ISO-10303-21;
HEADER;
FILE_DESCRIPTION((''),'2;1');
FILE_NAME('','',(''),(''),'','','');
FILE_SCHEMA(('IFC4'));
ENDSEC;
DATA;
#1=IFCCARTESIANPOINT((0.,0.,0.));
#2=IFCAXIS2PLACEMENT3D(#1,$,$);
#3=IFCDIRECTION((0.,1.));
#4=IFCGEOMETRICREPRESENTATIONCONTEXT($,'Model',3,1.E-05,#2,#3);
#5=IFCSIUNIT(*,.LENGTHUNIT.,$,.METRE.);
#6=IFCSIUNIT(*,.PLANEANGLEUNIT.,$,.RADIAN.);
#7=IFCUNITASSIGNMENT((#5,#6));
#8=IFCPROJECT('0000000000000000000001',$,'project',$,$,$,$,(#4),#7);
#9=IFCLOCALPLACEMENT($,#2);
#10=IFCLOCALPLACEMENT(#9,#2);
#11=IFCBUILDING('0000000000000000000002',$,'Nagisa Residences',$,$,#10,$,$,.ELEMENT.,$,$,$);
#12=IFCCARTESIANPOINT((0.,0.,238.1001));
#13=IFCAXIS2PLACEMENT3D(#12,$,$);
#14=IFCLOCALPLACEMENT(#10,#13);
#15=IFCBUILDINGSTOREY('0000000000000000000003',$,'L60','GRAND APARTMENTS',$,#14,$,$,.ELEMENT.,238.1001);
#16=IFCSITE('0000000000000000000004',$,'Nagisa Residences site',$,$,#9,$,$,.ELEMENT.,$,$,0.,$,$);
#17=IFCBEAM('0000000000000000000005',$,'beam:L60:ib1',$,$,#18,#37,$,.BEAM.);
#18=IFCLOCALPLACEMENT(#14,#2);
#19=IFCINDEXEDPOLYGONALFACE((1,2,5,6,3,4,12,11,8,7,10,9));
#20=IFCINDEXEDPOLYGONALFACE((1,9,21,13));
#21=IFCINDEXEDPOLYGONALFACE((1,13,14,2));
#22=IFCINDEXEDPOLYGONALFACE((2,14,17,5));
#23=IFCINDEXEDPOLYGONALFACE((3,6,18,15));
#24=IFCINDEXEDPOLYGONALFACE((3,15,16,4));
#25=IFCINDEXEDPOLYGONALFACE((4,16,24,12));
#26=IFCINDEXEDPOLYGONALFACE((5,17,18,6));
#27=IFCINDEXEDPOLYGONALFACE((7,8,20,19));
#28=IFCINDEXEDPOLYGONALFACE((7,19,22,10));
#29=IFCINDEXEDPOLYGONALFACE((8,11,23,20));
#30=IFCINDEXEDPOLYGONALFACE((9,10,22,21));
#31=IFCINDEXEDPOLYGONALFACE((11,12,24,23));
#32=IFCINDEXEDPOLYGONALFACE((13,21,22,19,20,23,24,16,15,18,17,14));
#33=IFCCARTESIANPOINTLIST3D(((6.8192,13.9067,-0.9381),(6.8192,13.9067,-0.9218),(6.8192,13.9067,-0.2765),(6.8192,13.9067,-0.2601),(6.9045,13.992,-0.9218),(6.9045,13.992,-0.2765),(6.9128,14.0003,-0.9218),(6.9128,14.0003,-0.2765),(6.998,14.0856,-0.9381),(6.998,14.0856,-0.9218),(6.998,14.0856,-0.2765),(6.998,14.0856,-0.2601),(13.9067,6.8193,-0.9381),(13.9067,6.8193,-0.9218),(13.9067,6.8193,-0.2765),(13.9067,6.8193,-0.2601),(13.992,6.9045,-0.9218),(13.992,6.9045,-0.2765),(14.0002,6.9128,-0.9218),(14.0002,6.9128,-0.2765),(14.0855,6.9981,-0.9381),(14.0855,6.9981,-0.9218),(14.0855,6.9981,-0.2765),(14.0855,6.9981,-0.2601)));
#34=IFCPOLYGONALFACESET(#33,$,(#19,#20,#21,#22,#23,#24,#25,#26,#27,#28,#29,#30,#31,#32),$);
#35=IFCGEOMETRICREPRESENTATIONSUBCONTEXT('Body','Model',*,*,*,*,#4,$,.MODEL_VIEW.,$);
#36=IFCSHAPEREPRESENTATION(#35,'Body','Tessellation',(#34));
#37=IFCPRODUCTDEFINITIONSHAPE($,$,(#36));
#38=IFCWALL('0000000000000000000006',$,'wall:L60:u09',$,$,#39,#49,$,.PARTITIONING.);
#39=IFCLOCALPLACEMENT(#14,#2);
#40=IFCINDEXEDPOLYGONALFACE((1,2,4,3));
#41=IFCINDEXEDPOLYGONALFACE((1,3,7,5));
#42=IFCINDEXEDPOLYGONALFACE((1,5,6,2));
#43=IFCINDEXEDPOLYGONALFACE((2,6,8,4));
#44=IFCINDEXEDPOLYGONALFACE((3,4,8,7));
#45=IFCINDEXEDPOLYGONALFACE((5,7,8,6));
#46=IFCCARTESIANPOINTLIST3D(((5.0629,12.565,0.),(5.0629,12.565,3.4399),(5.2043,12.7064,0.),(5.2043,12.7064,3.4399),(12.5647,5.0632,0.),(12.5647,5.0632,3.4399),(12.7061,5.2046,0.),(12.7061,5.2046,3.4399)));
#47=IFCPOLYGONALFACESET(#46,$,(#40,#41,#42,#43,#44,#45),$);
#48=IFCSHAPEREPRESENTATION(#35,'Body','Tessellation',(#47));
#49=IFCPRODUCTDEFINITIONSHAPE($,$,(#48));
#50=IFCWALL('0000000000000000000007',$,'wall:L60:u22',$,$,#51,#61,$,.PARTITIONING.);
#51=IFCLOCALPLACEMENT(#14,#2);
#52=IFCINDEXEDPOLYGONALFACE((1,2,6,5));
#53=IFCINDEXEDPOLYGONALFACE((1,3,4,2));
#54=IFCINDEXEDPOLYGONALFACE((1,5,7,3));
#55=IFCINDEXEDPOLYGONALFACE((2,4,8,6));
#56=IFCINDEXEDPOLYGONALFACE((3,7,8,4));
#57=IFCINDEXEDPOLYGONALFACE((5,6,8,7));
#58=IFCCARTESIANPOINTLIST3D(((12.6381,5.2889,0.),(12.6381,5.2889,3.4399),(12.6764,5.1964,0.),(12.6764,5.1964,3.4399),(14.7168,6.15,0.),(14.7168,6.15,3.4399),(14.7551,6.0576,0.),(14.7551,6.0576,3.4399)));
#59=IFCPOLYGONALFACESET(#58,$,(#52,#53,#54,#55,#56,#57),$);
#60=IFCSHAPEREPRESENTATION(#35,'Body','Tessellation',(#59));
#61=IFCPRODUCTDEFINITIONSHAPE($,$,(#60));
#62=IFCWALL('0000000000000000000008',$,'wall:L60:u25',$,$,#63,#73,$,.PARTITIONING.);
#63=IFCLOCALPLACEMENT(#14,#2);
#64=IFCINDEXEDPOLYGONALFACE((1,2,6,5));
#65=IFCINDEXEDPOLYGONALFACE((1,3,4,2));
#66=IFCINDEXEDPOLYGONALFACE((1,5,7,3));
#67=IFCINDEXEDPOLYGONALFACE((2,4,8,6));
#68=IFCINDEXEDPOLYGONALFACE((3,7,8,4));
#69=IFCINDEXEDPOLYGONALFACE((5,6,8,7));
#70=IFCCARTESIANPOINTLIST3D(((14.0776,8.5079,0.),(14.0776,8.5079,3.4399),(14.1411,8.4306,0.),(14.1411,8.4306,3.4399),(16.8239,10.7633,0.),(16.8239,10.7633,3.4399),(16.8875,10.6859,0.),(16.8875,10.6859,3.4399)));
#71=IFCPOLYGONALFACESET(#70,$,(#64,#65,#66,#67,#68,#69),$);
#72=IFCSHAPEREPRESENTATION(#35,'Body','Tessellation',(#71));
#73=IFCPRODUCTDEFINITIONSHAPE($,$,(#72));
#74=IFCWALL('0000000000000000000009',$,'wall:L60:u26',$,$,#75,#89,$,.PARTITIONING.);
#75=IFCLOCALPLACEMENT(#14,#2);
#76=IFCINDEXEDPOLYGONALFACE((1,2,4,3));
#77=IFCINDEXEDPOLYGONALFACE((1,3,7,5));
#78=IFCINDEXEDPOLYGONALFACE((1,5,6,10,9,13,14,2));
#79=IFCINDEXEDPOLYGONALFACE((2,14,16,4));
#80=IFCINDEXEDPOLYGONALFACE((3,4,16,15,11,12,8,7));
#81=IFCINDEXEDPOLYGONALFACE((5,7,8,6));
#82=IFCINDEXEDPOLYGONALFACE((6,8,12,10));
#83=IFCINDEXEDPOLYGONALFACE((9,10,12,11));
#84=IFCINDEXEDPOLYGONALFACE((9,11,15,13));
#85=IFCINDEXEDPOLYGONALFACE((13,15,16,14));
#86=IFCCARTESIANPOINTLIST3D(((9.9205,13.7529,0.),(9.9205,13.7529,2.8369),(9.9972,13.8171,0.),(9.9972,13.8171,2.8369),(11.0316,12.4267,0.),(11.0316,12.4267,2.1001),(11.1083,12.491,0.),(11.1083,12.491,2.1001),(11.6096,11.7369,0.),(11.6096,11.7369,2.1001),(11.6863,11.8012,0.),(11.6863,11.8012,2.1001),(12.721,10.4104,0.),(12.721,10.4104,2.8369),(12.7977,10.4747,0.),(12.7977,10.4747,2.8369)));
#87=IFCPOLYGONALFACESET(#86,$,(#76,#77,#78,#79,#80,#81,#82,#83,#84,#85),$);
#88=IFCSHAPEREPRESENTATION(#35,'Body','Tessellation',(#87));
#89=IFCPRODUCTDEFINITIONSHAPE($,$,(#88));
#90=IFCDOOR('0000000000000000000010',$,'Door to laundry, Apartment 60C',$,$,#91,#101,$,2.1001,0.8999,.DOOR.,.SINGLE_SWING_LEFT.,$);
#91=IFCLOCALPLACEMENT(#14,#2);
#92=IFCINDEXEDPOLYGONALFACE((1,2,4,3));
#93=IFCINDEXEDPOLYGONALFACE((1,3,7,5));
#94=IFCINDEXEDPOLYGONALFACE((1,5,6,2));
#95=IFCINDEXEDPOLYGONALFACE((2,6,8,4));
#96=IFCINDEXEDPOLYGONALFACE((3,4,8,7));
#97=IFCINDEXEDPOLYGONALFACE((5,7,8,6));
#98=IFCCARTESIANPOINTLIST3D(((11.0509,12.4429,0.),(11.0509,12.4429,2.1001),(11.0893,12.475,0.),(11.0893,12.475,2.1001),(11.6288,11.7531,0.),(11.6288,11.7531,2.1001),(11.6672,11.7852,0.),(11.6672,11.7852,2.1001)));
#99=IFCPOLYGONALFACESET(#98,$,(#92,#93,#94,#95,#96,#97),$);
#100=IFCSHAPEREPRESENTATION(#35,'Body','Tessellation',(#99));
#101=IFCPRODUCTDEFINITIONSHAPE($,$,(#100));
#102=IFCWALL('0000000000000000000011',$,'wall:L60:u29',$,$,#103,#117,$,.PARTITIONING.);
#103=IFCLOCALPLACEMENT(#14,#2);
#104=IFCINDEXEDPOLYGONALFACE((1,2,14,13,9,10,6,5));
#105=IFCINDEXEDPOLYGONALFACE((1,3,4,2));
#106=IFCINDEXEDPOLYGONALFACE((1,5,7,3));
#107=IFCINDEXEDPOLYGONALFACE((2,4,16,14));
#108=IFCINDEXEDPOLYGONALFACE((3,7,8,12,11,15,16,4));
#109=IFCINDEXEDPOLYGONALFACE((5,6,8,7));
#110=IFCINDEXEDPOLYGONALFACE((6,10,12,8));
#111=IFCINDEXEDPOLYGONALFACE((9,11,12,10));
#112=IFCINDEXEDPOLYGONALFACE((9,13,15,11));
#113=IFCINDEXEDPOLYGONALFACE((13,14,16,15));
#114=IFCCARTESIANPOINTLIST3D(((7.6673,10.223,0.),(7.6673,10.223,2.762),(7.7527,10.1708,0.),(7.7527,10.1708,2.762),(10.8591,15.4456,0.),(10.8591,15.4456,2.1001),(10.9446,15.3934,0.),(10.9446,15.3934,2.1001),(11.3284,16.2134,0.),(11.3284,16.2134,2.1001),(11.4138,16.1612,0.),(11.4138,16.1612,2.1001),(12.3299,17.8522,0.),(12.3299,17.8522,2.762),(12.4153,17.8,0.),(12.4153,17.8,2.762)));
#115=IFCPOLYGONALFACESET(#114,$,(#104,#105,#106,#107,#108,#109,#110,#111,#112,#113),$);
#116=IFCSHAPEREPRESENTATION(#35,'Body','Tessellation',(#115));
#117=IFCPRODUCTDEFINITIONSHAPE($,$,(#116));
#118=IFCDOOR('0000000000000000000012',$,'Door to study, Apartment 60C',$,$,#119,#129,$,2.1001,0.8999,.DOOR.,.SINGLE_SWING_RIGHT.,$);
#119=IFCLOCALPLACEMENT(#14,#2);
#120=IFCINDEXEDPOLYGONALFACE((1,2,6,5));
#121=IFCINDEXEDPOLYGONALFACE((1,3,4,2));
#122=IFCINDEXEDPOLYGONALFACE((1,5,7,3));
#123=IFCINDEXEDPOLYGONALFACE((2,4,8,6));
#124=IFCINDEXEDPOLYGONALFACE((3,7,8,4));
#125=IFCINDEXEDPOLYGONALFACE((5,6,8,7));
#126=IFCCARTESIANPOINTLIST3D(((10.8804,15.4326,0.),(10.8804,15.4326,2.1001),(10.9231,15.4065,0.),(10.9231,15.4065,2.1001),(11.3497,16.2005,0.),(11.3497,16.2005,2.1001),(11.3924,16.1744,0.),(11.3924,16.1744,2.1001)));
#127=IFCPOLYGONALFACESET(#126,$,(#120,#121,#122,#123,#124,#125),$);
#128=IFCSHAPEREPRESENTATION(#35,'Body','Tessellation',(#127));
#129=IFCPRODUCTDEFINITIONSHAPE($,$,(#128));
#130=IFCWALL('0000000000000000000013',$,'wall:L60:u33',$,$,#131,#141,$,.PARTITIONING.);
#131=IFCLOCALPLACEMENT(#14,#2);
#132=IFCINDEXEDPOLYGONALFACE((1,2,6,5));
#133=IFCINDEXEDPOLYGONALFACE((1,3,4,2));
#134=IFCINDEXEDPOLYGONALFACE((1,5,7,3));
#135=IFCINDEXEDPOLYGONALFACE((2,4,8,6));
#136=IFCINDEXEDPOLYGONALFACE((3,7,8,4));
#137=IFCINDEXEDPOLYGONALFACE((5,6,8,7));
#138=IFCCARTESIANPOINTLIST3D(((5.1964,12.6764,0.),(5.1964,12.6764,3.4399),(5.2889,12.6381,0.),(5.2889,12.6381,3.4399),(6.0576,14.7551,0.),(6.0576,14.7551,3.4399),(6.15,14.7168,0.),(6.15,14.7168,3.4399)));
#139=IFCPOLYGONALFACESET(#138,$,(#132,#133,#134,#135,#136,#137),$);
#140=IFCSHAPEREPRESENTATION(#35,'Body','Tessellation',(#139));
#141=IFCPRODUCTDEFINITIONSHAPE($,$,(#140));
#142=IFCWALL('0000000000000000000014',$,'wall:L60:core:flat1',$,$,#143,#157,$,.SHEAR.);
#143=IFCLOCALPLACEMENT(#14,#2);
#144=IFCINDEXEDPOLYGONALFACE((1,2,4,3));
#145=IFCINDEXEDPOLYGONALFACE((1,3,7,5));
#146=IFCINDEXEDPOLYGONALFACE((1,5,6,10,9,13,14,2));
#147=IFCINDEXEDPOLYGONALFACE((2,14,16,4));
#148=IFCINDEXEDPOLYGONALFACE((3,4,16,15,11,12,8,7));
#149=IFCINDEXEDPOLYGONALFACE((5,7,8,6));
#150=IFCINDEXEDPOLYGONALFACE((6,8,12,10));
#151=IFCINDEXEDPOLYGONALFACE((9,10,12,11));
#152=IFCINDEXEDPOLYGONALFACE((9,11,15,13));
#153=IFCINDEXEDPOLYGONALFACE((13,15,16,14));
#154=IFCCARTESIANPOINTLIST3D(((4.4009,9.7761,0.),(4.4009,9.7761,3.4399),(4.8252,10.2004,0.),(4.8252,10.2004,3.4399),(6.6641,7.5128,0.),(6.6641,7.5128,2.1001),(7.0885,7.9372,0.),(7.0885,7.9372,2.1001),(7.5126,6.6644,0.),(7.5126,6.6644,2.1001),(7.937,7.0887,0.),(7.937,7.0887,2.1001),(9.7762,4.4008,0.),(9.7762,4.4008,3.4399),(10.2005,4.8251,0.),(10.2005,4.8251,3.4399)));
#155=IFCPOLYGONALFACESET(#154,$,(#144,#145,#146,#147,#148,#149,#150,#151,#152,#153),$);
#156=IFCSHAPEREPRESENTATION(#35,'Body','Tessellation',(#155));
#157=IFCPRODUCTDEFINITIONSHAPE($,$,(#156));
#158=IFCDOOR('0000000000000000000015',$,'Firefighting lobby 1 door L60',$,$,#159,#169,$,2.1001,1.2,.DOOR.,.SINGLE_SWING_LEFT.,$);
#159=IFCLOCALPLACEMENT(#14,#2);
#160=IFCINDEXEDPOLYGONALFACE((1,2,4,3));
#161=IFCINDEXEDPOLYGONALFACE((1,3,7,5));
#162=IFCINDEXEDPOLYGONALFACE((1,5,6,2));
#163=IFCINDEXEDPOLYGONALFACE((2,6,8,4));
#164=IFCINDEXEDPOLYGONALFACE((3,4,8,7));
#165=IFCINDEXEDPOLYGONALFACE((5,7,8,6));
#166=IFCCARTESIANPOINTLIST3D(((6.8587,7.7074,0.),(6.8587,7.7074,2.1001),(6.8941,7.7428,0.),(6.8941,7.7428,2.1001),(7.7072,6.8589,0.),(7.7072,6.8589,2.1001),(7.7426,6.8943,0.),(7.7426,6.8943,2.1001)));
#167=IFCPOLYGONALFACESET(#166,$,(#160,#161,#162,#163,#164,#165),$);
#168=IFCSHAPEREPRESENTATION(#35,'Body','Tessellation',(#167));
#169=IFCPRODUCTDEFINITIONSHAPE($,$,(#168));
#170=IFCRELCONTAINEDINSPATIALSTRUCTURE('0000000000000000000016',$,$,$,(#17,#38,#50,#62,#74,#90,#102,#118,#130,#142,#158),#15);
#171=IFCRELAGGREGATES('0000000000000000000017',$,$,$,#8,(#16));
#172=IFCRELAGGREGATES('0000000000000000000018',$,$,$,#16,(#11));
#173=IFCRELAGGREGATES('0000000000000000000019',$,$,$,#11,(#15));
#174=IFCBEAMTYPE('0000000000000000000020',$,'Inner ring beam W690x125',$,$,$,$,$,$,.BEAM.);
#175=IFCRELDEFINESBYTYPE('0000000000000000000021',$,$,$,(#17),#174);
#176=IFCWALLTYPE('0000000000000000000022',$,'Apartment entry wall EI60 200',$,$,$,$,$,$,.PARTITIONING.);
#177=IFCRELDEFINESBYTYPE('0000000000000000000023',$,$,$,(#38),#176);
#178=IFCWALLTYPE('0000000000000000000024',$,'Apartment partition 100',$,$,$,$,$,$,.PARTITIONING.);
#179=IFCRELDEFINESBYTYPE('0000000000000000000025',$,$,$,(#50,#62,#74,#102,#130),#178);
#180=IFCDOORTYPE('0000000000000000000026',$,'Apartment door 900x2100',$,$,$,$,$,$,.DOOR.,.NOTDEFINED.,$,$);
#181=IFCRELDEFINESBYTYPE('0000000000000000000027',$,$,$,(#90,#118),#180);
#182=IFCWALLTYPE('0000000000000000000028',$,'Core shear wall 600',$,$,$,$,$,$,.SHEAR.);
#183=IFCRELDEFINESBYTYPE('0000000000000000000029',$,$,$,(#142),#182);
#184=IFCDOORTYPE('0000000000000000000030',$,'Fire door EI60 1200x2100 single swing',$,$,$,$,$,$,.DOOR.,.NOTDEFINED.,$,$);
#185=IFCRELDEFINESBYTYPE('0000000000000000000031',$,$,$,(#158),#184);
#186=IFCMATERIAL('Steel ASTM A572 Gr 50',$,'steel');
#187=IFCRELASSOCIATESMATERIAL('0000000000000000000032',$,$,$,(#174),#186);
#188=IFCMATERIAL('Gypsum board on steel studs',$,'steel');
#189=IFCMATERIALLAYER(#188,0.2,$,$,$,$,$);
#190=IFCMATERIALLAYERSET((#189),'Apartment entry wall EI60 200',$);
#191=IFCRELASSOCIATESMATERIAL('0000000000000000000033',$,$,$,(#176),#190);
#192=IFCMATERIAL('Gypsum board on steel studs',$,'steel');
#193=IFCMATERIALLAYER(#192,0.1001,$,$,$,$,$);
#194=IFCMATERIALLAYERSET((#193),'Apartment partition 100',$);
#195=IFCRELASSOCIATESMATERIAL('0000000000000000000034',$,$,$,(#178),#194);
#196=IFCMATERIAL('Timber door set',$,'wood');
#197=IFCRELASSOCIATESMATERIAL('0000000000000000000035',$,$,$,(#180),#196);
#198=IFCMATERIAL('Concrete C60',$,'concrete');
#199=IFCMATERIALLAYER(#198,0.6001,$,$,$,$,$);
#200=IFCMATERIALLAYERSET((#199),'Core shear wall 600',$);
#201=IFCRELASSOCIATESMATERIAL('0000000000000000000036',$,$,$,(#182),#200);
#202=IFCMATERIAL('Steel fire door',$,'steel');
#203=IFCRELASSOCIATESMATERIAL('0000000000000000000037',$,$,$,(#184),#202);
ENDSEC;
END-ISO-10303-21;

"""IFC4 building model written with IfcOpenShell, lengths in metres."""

from ifc_helpers import new_model, si_unit, direction, frame, frame_2d, origin, origin_2d, place, context, subcontext, project, spatial, rectangle, i_section, extrude, material, layer, layer_set, material_profile, profile_set, type_object, element, fill, save


model = new_model("IFC4")

# Units and contexts
model_context = context("Model", 3, precision=1e-05, world=origin(), true_north=direction((0.0, 1.0)))
body_context = subcontext(model_context, "Body", "Model", "MODEL_VIEW")
ifc_project = project(units=[si_unit("LENGTHUNIT", "METRE"), si_unit("PLANEANGLEUNIT", "RADIAN")], contexts=[model_context])

# Site, building, storey
site_placement = place(None, origin())
site = spatial("IfcSite", under=ifc_project, at=site_placement, Name="Nagisa Residences site", CompositionType="ELEMENT", RefElevation=0.0)
building_placement = place(site_placement, origin())
building = spatial("IfcBuilding", under=site, at=building_placement, Name="Nagisa Residences", CompositionType="ELEMENT")
storey_placement = place(building_placement, frame((0.0, 0.0, 238.1001)))
storey = spatial("IfcBuildingStorey", under=building, at=storey_placement, Name="L60", Description="GRAND APARTMENTS", CompositionType="ELEMENT", Elevation=238.1001)

# Beam
ifc_material_1 = material(Name="Steel ASTM A572 Gr 50", Category="steel")
ifc_material_profile = material_profile(ifc_material_1, i_section(OverallWidth=0.2529, OverallDepth=0.678, WebThickness=0.0117, FlangeThickness=0.0164, at=origin_2d()), Name="W690x125")
ifc_profile_set = profile_set([ifc_material_profile], Name="Steel ASTM A572 Gr 50")
beam_type = type_object("IfcBeamType", Name="Inner ring beam W690x125", PredefinedType="BEAM", material=ifc_profile_set)
beam_placement = place(storey_placement, frame((13.9961, 6.9087, -0.5991), z_axis=(-0.707107, 0.707107, 0.0), x_axis=(-0.707107, -0.707107, 0.0)))
element("IfcBeam", 1, at=beam_placement, inside=storey, type_object=beam_type, Name="beam:L60:ib1", PredefinedType="BEAM", context=body_context, shape_type="SweptSolid", body=[
    extrude(i_section(OverallWidth=0.2529, OverallDepth=0.678, WebThickness=0.0117, FlangeThickness=0.0164, at=origin_2d()), origin(), (0.0, 0.0, 1.0), 10.0232),
])

# Walls
ifc_material_2 = material(Name="Gypsum board on steel studs", Category="steel")
ifc_layer_1 = layer(ifc_material_2, 0.2)
ifc_layer_set_1 = layer_set([ifc_layer_1], Name="Apartment entry wall EI60 200")
wall_type_1 = type_object("IfcWallType", Name="Apartment entry wall EI60 200", PredefinedType="PARTITIONING", material=ifc_layer_set_1)
wall_1_placement = place(storey_placement, frame((12.6355, 5.1338, 0.0), z_axis=(0.0, 0.0, 1.0), x_axis=(-0.707107, 0.707107, 0.0)))
element("IfcWall", 2, at=wall_1_placement, inside=storey, type_object=wall_type_1, Name="wall:L60:u09", PredefinedType="PARTITIONING", context=body_context, shape_type="SweptSolid", body=[
    extrude(rectangle(XDim=10.6091, YDim=0.2, at=frame_2d((5.3047, 0.0))), origin(), (0.0, 0.0, 1.0), 3.4399),
])
ifc_material_3 = material(Name="Gypsum board on steel studs", Category="steel")
ifc_layer_2 = layer(ifc_material_3, 0.1001)
ifc_layer_set_2 = layer_set([ifc_layer_2], Name="Apartment partition 100")
wall_type_2 = type_object("IfcWallType", Name="Apartment partition 100", PredefinedType="PARTITIONING", material=ifc_layer_set_2)
wall_2_placement = place(storey_placement, frame((12.6572, 5.2427, 0.0), z_axis=(0.0, 0.0, 1.0), x_axis=(0.923865, 0.382719, 0.0)))
element("IfcWall", 3, at=wall_2_placement, inside=storey, type_object=wall_type_2, Name="wall:L60:u22", PredefinedType="PARTITIONING", context=body_context, shape_type="SweptSolid", body=[
    extrude(rectangle(XDim=2.25, YDim=0.1001, at=frame_2d((1.125, 0.0))), origin(), (0.0, 0.0, 1.0), 3.4399),
])
wall_3_placement = place(storey_placement, frame((14.1094, 8.4692, 0.0), z_axis=(0.0, 0.0, 1.0), x_axis=(0.772802, 0.634647, 0.0)))
element("IfcWall", 4, at=wall_3_placement, inside=storey, type_object=wall_type_2, Name="wall:L60:u25", PredefinedType="PARTITIONING", context=body_context, shape_type="SweptSolid", body=[
    extrude(rectangle(XDim=3.5537, YDim=0.1001, at=frame_2d((1.7769, 0.0))), origin(), (0.0, 0.0, 1.0), 3.4399),
])

# Walls, openings, doors
wall_4_placement = place(storey_placement, frame((12.7593, 10.4426, 0.0), z_axis=(0.0, 0.0, 1.0), x_axis=(-0.642225, 0.766516, 0.0)))
wall_4 = element("IfcWall", 5, at=wall_4_placement, inside=storey, type_object=wall_type_2, Name="wall:L60:u26", PredefinedType="PARTITIONING", context=body_context, shape_type="SweptSolid", body=[
    extrude(rectangle(XDim=4.3606, YDim=0.1001, at=frame_2d((2.1802, 0.0))), origin(), (0.0, 0.0, 1.0), 2.8369),
])
opening_1_placement = place(wall_4_placement, frame((1.7305, 0.0, 0.0)))
opening_1 = element("IfcOpeningElement", 6, at=opening_1_placement, cuts=wall_4, PredefinedType="OPENING", context=body_context, shape_type="SweptSolid", body=[
    extrude(rectangle(XDim=0.8999, YDim=2.1001, at=frame_2d((0.45, 1.05))), frame((0.0, 0.0601, 0.0), z_axis=(0.0, -1.0, 0.0), x_axis=(1.0, 0.0, 0.0)), (0.0, 0.0, 1.0), 0.1201),
])
ifc_material_4 = material(Name="Timber door set", Category="wood")
door_type_1 = type_object("IfcDoorType", Name="Apartment door 900x2100", OperationType="NOTDEFINED", PredefinedType="DOOR", material=ifc_material_4)
door_1_placement = place(opening_1_placement, origin())
door_1 = element("IfcDoor", 7, at=door_1_placement, inside=storey, type_object=door_type_1, Name="Door to laundry, Apartment 60C", OperationType="SINGLE_SWING_LEFT", OverallHeight=2.1001, OverallWidth=0.8999, PredefinedType="DOOR", context=body_context, shape_type="SweptSolid", body=[
    extrude(rectangle(XDim=0.8999, YDim=2.1001, at=frame_2d((0.45, 1.05))), frame((0.0, 0.0249, 0.0), z_axis=(0.0, -1.0, 0.0), x_axis=(1.0, 0.0, 0.0)), (0.0, 0.0, 1.0), 0.05),
])
fill(opening_1, door_1)
wall_5_placement = place(storey_placement, frame((7.71, 10.1968, 0.0), z_axis=(0.0, 0.0, 1.0), x_axis=(0.521478, 0.853265, 0.0)))
wall_5 = element("IfcWall", 8, at=wall_5_placement, inside=storey, type_object=wall_type_2, Name="wall:L60:u29", PredefinedType="PARTITIONING", context=body_context, shape_type="SweptSolid", body=[
    extrude(rectangle(XDim=8.9412, YDim=0.1001, at=frame_2d((4.4707, 0.0))), origin(), (0.0, 0.0, 1.0), 2.762),
])
opening_2_placement = place(wall_5_placement, frame((6.1208, 0.0, 0.0)))
opening_2 = element("IfcOpeningElement", 9, at=opening_2_placement, cuts=wall_5, PredefinedType="OPENING", context=body_context, shape_type="SweptSolid", body=[
    extrude(rectangle(XDim=0.8999, YDim=2.1001, at=frame_2d((0.45, 1.05))), frame((0.0, 0.0601, 0.0), z_axis=(0.0, -1.0, 0.0), x_axis=(1.0, 0.0, 0.0)), (0.0, 0.0, 1.0), 0.1201),
])
door_2_placement = place(opening_2_placement, frame((0.8999, 0.0, 0.0), x_axis=(-1.0, 0.0, 0.0)))
door_2 = element("IfcDoor", 10, at=door_2_placement, inside=storey, type_object=door_type_1, Name="Door to study, Apartment 60C", OperationType="SINGLE_SWING_RIGHT", OverallHeight=2.1001, OverallWidth=0.8999, PredefinedType="DOOR", context=body_context, shape_type="SweptSolid", body=[
    extrude(rectangle(XDim=0.8999, YDim=2.1001, at=frame_2d((0.45, 1.05))), frame((0.0, 0.0249, 0.0), z_axis=(0.0, -1.0, 0.0), x_axis=(1.0, 0.0, 0.0)), (0.0, 0.0, 1.0), 0.05),
])
fill(opening_2, door_2)

# Wall
wall_6_placement = place(storey_placement, frame((5.2427, 12.6572, 0.0), z_axis=(0.0, 0.0, 1.0), x_axis=(0.382719, 0.923865, 0.0)))
element("IfcWall", 11, at=wall_6_placement, inside=storey, type_object=wall_type_2, Name="wall:L60:u33", PredefinedType="PARTITIONING", context=body_context, shape_type="SweptSolid", body=[
    extrude(rectangle(XDim=2.25, YDim=0.1001, at=frame_2d((1.125, 0.0))), origin(), (0.0, 0.0, 1.0), 3.4399),
])

# Wall, opening, door
ifc_material_5 = material(Name="Concrete C60", Category="concrete")
ifc_layer_3 = layer(ifc_material_5, 0.6001)
ifc_layer_set_3 = layer_set([ifc_layer_3], Name="Core shear wall 600")
wall_type_3 = type_object("IfcWallType", Name="Core shear wall 600", PredefinedType="SHEAR", material=ifc_layer_set_3)
wall_7_placement = place(storey_placement, frame((9.9883, 4.613, 0.0), z_axis=(0.0, 0.0, 1.0), x_axis=(-0.707107, 0.707107, 0.0)))
wall_7 = element("IfcWall", 12, at=wall_7_placement, inside=storey, type_object=wall_type_3, Name="wall:L60:core:flat1", PredefinedType="SHEAR", context=body_context, shape_type="SweptSolid", body=[
    extrude(rectangle(XDim=7.6018, YDim=0.6001, at=frame_2d((3.8008, 0.0))), origin(), (0.0, 0.0, 1.0), 3.4399),
])
opening_3_placement = place(wall_7_placement, frame((3.2009, 0.0, 0.0)))
opening_3 = element("IfcOpeningElement", 13, at=opening_3_placement, cuts=wall_7, PredefinedType="OPENING", context=body_context, shape_type="SweptSolid", body=[
    extrude(rectangle(XDim=1.2, YDim=2.1001, at=frame_2d((0.6001, 1.05))), frame((0.0, 0.3101, 0.0), z_axis=(0.0, -1.0, 0.0), x_axis=(1.0, 0.0, 0.0)), (0.0, 0.0, 1.0), 0.6201),
])
ifc_material_6 = material(Name="Steel fire door", Category="steel")
door_type_2 = type_object("IfcDoorType", Name="Fire door EI60 1200x2100 single swing", OperationType="NOTDEFINED", PredefinedType="DOOR", material=ifc_material_6)
door_3_placement = place(opening_3_placement, origin())
door_3 = element("IfcDoor", 14, at=door_3_placement, inside=storey, type_object=door_type_2, Name="Firefighting lobby 1 door L60", OperationType="SINGLE_SWING_LEFT", OverallHeight=2.1001, OverallWidth=1.2, PredefinedType="DOOR", context=body_context, shape_type="SweptSolid", body=[
    extrude(rectangle(XDim=1.2, YDim=2.1001, at=frame_2d((0.6001, 1.05))), frame((0.0, 0.0249, 0.0), z_axis=(0.0, -1.0, 0.0), x_axis=(1.0, 0.0, 0.0)), (0.0, 0.0, 1.0), 0.05),
])
fill(opening_3, door_3)

save(model, "model.ifc")
